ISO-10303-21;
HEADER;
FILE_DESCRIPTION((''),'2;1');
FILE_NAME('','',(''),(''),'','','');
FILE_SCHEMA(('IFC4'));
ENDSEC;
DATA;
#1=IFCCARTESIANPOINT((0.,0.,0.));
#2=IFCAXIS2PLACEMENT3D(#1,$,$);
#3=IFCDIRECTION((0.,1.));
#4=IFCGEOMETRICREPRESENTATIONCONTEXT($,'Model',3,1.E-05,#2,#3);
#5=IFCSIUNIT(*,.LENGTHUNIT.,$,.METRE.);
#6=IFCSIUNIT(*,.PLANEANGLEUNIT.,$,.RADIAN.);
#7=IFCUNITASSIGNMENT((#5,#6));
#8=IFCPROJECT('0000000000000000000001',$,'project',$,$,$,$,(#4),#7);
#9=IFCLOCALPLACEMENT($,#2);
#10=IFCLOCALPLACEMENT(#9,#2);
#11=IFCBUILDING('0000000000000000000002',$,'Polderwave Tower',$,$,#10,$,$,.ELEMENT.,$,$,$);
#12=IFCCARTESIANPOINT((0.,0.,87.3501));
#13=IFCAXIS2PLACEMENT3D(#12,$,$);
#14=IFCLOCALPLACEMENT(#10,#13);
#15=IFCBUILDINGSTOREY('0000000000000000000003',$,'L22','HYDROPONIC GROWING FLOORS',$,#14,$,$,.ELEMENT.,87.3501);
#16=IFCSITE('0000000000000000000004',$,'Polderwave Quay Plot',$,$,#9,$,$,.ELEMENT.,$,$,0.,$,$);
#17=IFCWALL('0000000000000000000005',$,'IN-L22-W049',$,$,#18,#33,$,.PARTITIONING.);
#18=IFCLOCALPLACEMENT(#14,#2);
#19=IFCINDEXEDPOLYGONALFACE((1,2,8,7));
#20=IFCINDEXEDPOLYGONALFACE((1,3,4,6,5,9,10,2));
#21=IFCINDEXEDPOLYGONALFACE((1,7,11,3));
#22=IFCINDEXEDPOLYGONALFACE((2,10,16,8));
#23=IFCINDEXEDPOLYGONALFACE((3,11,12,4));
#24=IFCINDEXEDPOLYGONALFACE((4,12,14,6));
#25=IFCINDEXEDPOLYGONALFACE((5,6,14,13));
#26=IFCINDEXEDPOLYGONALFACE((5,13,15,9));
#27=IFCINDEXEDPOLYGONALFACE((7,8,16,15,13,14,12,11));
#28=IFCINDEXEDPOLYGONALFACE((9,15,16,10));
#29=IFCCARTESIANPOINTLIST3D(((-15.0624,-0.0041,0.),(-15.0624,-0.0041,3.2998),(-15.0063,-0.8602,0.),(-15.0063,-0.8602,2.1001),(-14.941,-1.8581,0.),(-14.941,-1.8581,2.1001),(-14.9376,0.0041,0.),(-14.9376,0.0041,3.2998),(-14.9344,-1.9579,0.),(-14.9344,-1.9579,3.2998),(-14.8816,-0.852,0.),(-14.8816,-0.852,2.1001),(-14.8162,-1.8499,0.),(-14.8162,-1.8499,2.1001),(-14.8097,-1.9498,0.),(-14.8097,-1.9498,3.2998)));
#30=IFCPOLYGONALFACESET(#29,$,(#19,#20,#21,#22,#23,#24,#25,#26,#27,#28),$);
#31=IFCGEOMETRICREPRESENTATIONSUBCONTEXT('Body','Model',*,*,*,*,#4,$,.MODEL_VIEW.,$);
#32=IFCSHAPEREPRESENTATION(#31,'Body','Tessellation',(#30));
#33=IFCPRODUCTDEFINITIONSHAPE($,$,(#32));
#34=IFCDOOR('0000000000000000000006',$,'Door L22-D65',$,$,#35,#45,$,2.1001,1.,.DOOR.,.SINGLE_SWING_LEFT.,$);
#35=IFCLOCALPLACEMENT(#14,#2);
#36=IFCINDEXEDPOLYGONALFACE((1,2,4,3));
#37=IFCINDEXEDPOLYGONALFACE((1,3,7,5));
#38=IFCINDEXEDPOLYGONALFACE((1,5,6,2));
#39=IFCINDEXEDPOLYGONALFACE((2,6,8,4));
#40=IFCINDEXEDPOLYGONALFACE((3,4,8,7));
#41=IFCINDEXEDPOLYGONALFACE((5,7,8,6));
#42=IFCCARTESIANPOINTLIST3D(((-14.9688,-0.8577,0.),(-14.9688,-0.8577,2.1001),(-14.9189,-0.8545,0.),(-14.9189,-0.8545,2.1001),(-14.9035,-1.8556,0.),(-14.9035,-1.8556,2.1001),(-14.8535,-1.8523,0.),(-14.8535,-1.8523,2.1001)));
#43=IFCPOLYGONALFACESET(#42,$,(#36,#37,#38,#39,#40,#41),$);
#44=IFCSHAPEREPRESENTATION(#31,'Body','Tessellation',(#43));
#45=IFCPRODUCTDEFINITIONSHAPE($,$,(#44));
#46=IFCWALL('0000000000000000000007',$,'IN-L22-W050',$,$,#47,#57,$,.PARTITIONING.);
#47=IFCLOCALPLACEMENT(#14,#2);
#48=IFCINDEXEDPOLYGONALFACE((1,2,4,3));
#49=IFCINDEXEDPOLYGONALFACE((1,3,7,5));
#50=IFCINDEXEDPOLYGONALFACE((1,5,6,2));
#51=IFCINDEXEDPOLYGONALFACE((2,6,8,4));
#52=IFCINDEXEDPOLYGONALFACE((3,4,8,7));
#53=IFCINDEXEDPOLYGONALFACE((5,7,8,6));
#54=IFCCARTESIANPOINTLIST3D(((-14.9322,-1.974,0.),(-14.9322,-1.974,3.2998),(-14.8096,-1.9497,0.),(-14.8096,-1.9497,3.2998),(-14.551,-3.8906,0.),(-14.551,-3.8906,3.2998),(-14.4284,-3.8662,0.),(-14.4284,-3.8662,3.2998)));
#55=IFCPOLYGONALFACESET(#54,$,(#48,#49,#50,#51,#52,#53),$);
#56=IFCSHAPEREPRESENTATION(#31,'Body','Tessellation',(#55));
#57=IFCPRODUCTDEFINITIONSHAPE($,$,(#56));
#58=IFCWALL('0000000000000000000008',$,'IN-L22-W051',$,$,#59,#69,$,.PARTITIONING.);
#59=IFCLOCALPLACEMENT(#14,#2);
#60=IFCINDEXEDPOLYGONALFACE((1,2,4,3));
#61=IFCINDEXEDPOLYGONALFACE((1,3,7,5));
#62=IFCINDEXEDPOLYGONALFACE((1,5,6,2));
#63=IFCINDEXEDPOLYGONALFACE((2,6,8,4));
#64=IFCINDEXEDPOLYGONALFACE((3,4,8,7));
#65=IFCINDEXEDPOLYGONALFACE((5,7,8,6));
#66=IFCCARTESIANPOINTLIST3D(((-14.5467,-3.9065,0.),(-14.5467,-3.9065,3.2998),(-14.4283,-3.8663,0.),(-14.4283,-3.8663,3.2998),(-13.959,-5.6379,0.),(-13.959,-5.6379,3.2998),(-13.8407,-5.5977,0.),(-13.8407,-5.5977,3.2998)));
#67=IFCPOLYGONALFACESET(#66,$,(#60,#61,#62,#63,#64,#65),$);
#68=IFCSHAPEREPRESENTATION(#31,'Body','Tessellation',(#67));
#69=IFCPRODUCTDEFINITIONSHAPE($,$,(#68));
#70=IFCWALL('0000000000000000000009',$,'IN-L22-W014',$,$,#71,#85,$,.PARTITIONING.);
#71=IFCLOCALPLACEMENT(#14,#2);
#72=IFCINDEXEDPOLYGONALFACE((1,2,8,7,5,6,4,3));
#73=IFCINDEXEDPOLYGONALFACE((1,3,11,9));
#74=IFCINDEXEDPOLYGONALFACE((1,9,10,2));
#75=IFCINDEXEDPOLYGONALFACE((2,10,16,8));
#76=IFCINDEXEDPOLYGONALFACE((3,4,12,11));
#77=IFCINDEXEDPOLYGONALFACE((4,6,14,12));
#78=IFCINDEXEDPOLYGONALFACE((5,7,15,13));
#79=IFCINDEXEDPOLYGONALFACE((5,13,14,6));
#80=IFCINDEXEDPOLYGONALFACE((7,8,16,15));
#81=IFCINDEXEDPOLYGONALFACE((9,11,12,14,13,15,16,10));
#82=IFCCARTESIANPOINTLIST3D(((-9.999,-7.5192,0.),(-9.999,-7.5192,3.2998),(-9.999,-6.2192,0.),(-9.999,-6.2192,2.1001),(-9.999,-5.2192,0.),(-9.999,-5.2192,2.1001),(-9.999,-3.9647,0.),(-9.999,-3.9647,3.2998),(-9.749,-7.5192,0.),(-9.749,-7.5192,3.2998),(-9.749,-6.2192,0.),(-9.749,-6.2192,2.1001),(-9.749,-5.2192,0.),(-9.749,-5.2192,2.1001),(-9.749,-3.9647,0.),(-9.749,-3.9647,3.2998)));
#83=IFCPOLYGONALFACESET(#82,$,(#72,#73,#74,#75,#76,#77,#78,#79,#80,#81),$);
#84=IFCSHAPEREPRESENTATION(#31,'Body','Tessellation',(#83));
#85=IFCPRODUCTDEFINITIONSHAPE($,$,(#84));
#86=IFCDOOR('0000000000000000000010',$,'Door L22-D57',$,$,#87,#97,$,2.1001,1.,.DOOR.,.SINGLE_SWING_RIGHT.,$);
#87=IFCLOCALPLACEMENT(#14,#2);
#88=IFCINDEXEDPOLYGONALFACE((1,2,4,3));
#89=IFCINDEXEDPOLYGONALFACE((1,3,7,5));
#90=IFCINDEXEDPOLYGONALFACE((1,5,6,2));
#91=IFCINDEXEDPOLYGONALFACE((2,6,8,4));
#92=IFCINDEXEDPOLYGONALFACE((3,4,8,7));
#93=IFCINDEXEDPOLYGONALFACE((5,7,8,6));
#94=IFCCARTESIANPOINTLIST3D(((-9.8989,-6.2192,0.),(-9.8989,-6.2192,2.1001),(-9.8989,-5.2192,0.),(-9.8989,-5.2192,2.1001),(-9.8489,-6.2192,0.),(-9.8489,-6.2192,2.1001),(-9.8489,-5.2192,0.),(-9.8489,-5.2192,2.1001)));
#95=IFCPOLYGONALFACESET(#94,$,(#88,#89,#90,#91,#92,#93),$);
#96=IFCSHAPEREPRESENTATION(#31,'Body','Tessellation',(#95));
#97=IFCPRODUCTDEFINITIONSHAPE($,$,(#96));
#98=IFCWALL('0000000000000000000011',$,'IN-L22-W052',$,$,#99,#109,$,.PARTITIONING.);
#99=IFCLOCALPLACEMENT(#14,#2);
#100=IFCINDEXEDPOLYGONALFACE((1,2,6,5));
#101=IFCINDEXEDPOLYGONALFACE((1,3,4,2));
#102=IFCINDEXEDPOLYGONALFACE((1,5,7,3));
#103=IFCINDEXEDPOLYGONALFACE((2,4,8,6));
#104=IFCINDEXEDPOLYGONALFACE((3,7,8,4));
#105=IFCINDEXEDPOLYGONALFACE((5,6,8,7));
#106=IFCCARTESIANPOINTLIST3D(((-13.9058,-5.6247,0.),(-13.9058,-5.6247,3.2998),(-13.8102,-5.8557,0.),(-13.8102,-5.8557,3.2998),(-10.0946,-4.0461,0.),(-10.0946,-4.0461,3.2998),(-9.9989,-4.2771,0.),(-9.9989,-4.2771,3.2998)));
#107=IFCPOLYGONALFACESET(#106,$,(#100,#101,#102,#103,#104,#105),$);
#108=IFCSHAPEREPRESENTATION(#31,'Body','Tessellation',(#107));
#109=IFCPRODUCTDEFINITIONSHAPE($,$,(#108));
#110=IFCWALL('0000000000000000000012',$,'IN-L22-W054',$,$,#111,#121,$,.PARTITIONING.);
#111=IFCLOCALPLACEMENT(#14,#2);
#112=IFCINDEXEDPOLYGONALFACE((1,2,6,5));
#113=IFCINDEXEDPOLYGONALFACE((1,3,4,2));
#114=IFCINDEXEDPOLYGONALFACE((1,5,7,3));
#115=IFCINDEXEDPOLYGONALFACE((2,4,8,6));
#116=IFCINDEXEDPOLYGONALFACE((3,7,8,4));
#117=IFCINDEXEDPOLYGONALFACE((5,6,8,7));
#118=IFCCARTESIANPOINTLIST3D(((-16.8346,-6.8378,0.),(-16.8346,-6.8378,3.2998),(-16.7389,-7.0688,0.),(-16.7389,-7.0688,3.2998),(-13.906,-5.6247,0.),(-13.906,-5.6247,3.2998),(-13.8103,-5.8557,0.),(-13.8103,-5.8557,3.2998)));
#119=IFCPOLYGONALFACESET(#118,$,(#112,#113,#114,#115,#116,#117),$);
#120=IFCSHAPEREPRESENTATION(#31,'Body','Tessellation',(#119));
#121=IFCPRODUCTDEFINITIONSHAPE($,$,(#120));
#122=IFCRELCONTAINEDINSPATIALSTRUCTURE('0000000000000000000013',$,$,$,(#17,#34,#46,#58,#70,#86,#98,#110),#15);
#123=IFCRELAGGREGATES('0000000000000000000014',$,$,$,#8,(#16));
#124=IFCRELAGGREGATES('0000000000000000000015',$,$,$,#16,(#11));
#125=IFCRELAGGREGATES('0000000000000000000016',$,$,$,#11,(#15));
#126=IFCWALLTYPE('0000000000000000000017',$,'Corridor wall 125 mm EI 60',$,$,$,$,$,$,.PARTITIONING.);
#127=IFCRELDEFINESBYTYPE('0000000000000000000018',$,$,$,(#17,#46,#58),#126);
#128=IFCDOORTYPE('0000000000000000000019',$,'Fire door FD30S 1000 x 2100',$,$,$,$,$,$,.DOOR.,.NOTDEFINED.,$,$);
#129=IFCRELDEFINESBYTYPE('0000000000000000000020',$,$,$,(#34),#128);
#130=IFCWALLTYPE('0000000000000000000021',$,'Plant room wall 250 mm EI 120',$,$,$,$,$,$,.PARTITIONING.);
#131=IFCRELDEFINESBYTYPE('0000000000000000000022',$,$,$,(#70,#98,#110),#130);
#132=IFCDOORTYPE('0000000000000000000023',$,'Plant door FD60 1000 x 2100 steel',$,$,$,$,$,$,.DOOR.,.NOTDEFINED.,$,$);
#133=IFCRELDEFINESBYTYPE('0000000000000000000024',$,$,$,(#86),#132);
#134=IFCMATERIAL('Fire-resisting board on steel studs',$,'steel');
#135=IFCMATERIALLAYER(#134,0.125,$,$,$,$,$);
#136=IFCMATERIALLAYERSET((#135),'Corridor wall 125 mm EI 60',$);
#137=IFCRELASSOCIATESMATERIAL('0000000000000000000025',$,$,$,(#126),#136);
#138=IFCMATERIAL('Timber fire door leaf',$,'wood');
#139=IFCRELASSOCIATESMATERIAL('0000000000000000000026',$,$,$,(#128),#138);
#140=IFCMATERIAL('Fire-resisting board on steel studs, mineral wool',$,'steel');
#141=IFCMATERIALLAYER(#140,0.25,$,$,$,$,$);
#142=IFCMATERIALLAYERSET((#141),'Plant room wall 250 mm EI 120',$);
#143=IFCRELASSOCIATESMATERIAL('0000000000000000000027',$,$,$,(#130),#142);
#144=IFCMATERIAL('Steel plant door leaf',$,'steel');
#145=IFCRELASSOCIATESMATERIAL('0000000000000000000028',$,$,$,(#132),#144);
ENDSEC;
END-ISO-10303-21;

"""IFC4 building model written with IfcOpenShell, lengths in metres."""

from ifc_helpers import new_model, si_unit, direction, frame, frame_2d, origin, place, context, subcontext, project, spatial, rectangle, extrude, material, layer, layer_set, type_object, element, fill, save


model = new_model("IFC4")

# Units and contexts
model_context = context("Model", 3, precision=1e-05, world=origin(), true_north=direction((0.0, 1.0)))
body_context = subcontext(model_context, "Body", "Model", "MODEL_VIEW")
ifc_project = project(units=[si_unit("LENGTHUNIT", "METRE"), si_unit("PLANEANGLEUNIT", "RADIAN")], contexts=[model_context])

# Site, building, storey
site_placement = place(None, origin())
site = spatial("IfcSite", under=ifc_project, at=site_placement, Name="Polderwave Quay Plot", CompositionType="ELEMENT", RefElevation=0.0)
building_placement = place(site_placement, origin())
building = spatial("IfcBuilding", under=site, at=building_placement, Name="Polderwave Tower", CompositionType="ELEMENT")
storey_placement = place(building_placement, frame((0.0, 0.0, 87.3501)))
storey = spatial("IfcBuildingStorey", under=building, at=storey_placement, Name="L22", Description="HYDROPONIC GROWING FLOORS", CompositionType="ELEMENT", Elevation=87.3501)

# Wall, opening, door
ifc_material_1 = material(Name="Fire-resisting board on steel studs", Category="steel")
ifc_layer_1 = layer(ifc_material_1, 0.125)
ifc_layer_set_1 = layer_set([ifc_layer_1], Name="Corridor wall 125 mm EI 60")
wall_type_1 = type_object("IfcWallType", Name="Corridor wall 125 mm EI 60", PredefinedType="PARTITIONING", material=ifc_layer_set_1)
wall_1_placement = place(storey_placement, frame((-14.8721, -1.9539, 0.0), z_axis=(0.0, 0.0, 1.0), x_axis=(-0.065336, 0.997863, 0.0)))
wall_1 = element("IfcWall", 1, at=wall_1_placement, inside=storey, type_object=wall_type_1, Name="IN-L22-W049", PredefinedType="PARTITIONING", context=body_context, shape_type="SweptSolid", body=[
    extrude(rectangle(XDim=1.958, YDim=0.125, at=frame_2d((0.979, 0.0))), origin(), (0.0, 0.0, 1.0), 3.2998),
])
opening_1_placement = place(wall_1_placement, frame((0.1001, 0.0, 0.0)))
opening_1 = element("IfcOpeningElement", 2, at=opening_1_placement, cuts=wall_1, PredefinedType="OPENING", context=body_context, shape_type="SweptSolid", body=[
    extrude(rectangle(XDim=1.0, YDim=2.1001, at=frame_2d((0.5, 1.05))), frame((0.0, 0.0725, 0.0), z_axis=(0.0, -1.0, 0.0), x_axis=(1.0, 0.0, 0.0)), (0.0, 0.0, 1.0), 0.145),
])
ifc_material_2 = material(Name="Timber fire door leaf", Category="wood")
door_type_1 = type_object("IfcDoorType", Name="Fire door FD30S 1000 x 2100", OperationType="NOTDEFINED", PredefinedType="DOOR", material=ifc_material_2)
door_1_placement = place(opening_1_placement, origin())
door_1 = element("IfcDoor", 3, at=door_1_placement, inside=storey, type_object=door_type_1, Name="Door L22-D65", OperationType="SINGLE_SWING_LEFT", OverallHeight=2.1001, OverallWidth=1.0, PredefinedType="DOOR", context=body_context, shape_type="SweptSolid", body=[
    extrude(rectangle(XDim=1.0, YDim=2.1001, at=frame_2d((0.5, 1.05))), frame((0.0, 0.0249, 0.0), z_axis=(0.0, -1.0, 0.0), x_axis=(1.0, 0.0, 0.0)), (0.0, 0.0, 1.0), 0.05),
])
fill(opening_1, door_1)

# Walls
wall_2_placement = place(storey_placement, frame((-14.4897, -3.8784, 0.0), z_axis=(0.0, 0.0, 1.0), x_axis=(-0.195035, 0.980796, 0.0)))
element("IfcWall", 4, at=wall_2_placement, inside=storey, type_object=wall_type_1, Name="IN-L22-W050", PredefinedType="PARTITIONING", context=body_context, shape_type="SweptSolid", body=[
    extrude(rectangle(XDim=1.9541, YDim=0.125, at=frame_2d((0.9771, 0.0))), origin(), (0.0, 0.0, 1.0), 3.2998),
])
wall_3_placement = place(storey_placement, frame((-13.8999, -5.6177, 0.0), z_axis=(0.0, 0.0, 1.0), x_axis=(-0.32139, 0.946947, 0.0)))
element("IfcWall", 5, at=wall_3_placement, inside=storey, type_object=wall_type_1, Name="IN-L22-W051", PredefinedType="PARTITIONING", context=body_context, shape_type="SweptSolid", body=[
    extrude(rectangle(XDim=1.8284, YDim=0.125, at=frame_2d((0.9141, 0.0))), origin(), (0.0, 0.0, 1.0), 3.2998),
])

# Wall, opening, door
ifc_material_3 = material(Name="Fire-resisting board on steel studs, mineral wool", Category="steel")
ifc_layer_2 = layer(ifc_material_3, 0.25)
ifc_layer_set_2 = layer_set([ifc_layer_2], Name="Plant room wall 250 mm EI 120")
wall_type_2 = type_object("IfcWallType", Name="Plant room wall 250 mm EI 120", PredefinedType="PARTITIONING", material=ifc_layer_set_2)
wall_4_placement = place(storey_placement, frame((-9.874, -7.5193, 0.0), z_axis=(0.0, 0.0, 1.0), x_axis=(0.0, 1.0, 0.0)))
wall_4 = element("IfcWall", 6, at=wall_4_placement, inside=storey, type_object=wall_type_2, Name="IN-L22-W014", PredefinedType="PARTITIONING", context=body_context, shape_type="SweptSolid", body=[
    extrude(rectangle(XDim=3.5544, YDim=0.25, at=frame_2d((1.7773, 0.0))), origin(), (0.0, 0.0, 1.0), 3.2998),
])
opening_2_placement = place(wall_4_placement, frame((1.3, 0.0, 0.0)))
opening_2 = element("IfcOpeningElement", 7, at=opening_2_placement, cuts=wall_4, PredefinedType="OPENING", context=body_context, shape_type="SweptSolid", body=[
    extrude(rectangle(XDim=1.0, YDim=2.1001, at=frame_2d((0.5, 1.05))), frame((0.0, 0.135, 0.0), z_axis=(0.0, -1.0, 0.0), x_axis=(1.0, 0.0, 0.0)), (0.0, 0.0, 1.0), 0.27),
])
ifc_material_4 = material(Name="Steel plant door leaf", Category="steel")
door_type_2 = type_object("IfcDoorType", Name="Plant door FD60 1000 x 2100 steel", OperationType="NOTDEFINED", PredefinedType="DOOR", material=ifc_material_4)
door_2_placement = place(opening_2_placement, origin())
door_2 = element("IfcDoor", 8, at=door_2_placement, inside=storey, type_object=door_type_2, Name="Door L22-D57", OperationType="SINGLE_SWING_RIGHT", OverallHeight=2.1001, OverallWidth=1.0, PredefinedType="DOOR", context=body_context, shape_type="SweptSolid", body=[
    extrude(rectangle(XDim=1.0, YDim=2.1001, at=frame_2d((0.5, 1.05))), frame((0.0, 0.0249, 0.0), z_axis=(0.0, -1.0, 0.0), x_axis=(1.0, 0.0, 0.0)), (0.0, 0.0, 1.0), 0.05),
])
fill(opening_2, door_2)

# Walls
wall_5_placement = place(storey_placement, frame((-10.0469, -4.1616, 0.0), z_axis=(0.0, 0.0, 1.0), x_axis=(-0.923886, -0.382669, 0.0)))
element("IfcWall", 9, at=wall_5_placement, inside=storey, type_object=wall_type_2, Name="IN-L22-W052", PredefinedType="PARTITIONING", context=body_context, shape_type="SweptSolid", body=[
    extrude(rectangle(XDim=4.1252, YDim=0.25, at=frame_2d((2.0625, 0.0))), origin(), (0.0, 0.0, 1.0), 3.2998),
])
wall_6_placement = place(storey_placement, frame((-13.8582, -5.7402, 0.0), z_axis=(0.0, 0.0, 1.0), x_axis=(-0.923877, -0.38269, 0.0)))
element("IfcWall", 10, at=wall_6_placement, inside=storey, type_object=wall_type_2, Name="IN-L22-W054", PredefinedType="PARTITIONING", context=body_context, shape_type="SweptSolid", body=[
    extrude(rectangle(XDim=3.1699, YDim=0.25, at=frame_2d((1.585, 0.0))), origin(), (0.0, 0.0, 1.0), 3.2998),
])

save(model, "model.ifc")
